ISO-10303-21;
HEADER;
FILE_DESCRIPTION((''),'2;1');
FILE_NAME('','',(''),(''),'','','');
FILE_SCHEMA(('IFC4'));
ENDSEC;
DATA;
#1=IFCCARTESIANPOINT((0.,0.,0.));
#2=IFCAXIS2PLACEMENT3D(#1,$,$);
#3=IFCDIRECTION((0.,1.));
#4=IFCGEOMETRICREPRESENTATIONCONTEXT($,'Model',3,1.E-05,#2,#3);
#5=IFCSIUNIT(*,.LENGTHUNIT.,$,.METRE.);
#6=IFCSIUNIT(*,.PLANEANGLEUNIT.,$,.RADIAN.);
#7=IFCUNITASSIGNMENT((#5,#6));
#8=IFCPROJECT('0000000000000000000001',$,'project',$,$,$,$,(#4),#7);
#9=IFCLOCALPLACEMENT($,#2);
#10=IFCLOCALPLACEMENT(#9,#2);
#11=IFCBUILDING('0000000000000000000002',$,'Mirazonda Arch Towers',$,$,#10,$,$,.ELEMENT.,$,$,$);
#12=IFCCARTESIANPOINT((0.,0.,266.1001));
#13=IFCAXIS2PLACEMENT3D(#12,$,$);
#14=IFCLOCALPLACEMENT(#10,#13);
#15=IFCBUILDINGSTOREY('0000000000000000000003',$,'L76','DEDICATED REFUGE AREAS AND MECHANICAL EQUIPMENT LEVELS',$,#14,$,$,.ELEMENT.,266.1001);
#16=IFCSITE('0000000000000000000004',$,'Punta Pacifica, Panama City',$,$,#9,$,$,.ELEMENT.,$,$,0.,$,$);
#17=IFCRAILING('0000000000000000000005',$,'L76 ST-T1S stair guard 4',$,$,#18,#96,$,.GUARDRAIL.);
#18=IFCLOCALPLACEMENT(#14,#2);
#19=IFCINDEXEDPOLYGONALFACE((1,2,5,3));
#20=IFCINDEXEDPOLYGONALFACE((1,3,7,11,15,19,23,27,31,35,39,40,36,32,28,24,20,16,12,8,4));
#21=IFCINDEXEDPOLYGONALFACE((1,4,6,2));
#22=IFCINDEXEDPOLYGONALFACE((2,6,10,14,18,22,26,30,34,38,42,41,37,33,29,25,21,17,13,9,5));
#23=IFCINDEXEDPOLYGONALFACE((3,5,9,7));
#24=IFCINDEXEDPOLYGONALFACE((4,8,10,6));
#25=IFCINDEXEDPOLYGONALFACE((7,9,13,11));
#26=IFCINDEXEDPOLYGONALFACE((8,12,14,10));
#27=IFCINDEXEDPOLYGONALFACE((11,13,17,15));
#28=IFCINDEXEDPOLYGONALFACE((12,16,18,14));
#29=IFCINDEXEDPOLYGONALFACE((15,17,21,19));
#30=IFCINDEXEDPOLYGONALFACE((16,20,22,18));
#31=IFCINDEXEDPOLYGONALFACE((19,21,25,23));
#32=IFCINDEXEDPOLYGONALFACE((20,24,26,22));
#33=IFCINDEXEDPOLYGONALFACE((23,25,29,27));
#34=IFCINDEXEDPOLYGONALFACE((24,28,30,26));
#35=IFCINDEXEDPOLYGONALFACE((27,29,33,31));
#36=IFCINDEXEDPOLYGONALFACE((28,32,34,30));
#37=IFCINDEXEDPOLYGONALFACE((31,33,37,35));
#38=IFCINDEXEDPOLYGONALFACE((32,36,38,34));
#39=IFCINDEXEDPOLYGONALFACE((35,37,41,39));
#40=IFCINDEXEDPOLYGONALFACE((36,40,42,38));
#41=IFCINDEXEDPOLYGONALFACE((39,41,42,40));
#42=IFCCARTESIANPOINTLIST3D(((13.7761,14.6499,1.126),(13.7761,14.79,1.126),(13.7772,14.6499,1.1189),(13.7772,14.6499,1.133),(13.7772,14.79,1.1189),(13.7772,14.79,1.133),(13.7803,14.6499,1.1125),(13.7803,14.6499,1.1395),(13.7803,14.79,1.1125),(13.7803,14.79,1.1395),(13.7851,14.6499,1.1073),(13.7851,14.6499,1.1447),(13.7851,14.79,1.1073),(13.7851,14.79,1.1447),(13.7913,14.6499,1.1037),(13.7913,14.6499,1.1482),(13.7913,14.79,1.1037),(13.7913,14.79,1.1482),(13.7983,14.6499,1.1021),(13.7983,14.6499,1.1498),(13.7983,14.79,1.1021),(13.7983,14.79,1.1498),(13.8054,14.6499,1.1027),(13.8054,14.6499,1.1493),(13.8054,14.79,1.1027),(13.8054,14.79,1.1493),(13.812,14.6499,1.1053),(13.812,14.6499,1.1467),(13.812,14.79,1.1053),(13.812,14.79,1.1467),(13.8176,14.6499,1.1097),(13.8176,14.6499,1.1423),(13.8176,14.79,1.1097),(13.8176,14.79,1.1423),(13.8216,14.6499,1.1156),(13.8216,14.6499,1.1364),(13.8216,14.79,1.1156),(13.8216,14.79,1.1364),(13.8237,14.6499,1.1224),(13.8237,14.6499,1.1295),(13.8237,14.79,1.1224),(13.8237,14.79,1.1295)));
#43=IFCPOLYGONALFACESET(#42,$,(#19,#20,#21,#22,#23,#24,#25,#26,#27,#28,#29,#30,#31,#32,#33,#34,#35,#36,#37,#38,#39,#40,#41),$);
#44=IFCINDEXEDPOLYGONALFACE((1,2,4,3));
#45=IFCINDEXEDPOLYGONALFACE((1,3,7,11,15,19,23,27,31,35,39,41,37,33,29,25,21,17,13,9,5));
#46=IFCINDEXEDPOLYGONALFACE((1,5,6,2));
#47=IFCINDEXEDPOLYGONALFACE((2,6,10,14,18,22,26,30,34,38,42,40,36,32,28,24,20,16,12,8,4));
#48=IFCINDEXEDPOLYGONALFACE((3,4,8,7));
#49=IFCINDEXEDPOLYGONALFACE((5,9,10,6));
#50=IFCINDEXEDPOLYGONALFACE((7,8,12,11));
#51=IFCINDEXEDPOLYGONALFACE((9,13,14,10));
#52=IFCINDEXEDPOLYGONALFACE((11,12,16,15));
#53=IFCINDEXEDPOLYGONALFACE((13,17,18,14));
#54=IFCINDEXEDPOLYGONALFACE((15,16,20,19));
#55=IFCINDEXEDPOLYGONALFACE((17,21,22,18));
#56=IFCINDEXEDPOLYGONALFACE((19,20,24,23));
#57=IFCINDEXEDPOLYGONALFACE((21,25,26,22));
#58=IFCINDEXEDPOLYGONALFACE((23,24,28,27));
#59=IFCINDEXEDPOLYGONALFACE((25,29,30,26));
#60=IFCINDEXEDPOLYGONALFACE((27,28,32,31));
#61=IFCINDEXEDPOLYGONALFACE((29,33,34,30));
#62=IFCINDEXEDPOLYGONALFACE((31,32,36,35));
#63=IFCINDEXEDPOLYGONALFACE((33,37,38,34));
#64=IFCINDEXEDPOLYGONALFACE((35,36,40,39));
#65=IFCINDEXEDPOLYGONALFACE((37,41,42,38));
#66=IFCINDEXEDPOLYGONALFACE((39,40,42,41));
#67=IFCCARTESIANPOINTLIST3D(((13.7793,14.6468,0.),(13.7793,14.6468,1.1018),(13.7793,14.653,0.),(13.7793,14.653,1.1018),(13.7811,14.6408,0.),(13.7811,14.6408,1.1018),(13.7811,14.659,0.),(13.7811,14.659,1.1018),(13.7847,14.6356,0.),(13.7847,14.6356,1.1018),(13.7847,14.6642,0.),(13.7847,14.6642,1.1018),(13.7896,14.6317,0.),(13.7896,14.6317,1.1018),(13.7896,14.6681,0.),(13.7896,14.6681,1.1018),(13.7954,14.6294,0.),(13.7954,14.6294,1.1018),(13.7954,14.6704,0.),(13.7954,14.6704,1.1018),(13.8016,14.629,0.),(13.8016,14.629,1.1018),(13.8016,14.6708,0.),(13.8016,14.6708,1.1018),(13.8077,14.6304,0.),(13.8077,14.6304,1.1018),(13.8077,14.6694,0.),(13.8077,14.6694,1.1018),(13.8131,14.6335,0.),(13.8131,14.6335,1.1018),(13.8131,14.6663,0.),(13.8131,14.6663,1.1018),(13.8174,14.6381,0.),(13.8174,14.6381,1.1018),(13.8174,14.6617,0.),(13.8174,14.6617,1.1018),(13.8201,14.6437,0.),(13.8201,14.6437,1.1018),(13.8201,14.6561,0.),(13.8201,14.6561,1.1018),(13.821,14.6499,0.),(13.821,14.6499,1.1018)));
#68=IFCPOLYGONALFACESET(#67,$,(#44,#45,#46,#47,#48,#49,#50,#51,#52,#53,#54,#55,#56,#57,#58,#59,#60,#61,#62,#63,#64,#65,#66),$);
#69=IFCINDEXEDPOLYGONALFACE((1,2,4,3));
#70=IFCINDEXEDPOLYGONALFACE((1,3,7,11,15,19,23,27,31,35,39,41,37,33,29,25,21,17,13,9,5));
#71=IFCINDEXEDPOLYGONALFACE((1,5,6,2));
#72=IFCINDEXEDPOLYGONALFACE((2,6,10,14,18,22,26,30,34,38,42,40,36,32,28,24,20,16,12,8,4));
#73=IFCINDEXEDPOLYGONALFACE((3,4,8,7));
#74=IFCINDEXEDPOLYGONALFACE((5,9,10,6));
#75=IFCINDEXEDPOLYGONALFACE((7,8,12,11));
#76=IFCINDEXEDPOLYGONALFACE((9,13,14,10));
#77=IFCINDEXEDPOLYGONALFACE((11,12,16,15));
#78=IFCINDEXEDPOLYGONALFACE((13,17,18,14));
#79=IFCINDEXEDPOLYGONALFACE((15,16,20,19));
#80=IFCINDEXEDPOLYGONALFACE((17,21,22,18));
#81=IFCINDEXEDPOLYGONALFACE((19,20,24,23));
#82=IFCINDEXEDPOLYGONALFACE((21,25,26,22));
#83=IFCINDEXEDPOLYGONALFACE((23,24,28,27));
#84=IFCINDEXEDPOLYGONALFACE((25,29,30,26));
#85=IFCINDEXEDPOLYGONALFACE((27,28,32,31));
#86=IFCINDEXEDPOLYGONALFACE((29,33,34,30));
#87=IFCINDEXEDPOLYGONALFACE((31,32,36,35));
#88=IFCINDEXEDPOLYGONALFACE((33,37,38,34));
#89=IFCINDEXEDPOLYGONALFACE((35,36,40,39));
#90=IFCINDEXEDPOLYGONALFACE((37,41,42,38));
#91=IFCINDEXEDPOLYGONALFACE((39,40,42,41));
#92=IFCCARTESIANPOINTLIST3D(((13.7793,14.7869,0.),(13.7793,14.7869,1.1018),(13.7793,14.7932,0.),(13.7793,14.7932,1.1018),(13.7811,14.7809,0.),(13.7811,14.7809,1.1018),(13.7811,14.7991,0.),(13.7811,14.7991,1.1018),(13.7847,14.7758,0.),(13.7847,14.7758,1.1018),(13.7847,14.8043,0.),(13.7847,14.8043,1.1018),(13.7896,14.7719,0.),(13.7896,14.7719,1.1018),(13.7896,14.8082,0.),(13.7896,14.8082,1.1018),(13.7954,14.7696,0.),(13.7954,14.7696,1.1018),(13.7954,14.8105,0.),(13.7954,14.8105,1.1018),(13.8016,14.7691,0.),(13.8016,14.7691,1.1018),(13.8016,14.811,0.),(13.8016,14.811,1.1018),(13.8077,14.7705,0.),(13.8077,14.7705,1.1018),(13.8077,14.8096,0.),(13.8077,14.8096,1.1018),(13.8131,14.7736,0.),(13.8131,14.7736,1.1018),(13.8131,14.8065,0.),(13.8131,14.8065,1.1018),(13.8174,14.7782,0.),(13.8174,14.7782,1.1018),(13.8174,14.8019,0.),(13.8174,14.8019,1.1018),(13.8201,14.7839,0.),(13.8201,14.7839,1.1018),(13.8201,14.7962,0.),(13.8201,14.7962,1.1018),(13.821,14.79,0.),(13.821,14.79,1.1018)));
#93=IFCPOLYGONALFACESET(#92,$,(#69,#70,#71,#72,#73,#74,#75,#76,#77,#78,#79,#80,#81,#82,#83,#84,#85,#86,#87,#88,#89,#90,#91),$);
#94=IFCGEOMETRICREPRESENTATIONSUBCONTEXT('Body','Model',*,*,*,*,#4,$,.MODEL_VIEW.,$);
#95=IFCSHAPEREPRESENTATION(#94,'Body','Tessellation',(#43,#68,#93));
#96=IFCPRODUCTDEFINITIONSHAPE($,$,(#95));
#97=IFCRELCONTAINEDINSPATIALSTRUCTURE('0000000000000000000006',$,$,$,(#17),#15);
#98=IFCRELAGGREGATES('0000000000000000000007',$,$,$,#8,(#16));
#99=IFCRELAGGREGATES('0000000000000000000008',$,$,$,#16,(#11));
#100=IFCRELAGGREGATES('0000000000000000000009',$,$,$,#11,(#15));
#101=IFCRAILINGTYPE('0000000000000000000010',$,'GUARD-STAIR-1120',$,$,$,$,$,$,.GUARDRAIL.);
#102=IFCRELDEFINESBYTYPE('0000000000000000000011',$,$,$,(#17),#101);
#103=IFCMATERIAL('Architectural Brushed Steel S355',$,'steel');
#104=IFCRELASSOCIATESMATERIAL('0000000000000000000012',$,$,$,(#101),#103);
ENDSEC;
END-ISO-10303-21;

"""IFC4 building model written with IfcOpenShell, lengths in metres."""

from ifc_helpers import new_model, si_unit, direction, frame, origin, origin_2d, place, context, subcontext, project, spatial, circle, extrude, material, type_object, element, save


model = new_model("IFC4")

# Units and contexts
model_context = context("Model", 3, precision=1e-05, world=origin(), true_north=direction((0.0, 1.0)))
body_context = subcontext(model_context, "Body", "Model", "MODEL_VIEW")
ifc_project = project(units=[si_unit("LENGTHUNIT", "METRE"), si_unit("PLANEANGLEUNIT", "RADIAN")], contexts=[model_context])

# Site, building, storey
site_placement = place(None, origin())
site = spatial("IfcSite", under=ifc_project, at=site_placement, Name="Punta Pacifica, Panama City", CompositionType="ELEMENT", RefElevation=0.0)
building_placement = place(site_placement, origin())
building = spatial("IfcBuilding", under=site, at=building_placement, Name="Mirazonda Arch Towers", CompositionType="ELEMENT")
storey_placement = place(building_placement, frame((0.0, 0.0, 266.1001)))
storey = spatial("IfcBuildingStorey", under=building, at=storey_placement, Name="L76", Description="DEDICATED REFUGE AREAS AND MECHANICAL EQUIPMENT LEVELS", CompositionType="ELEMENT", Elevation=266.1001)

# Railing
ifc_material_1 = material(Name="Architectural Brushed Steel S355", Category="steel")
railing_type_1 = type_object("IfcRailingType", Name="GUARD-STAIR-1120", PredefinedType="GUARDRAIL", material=ifc_material_1)
railing_1_placement = place(storey_placement, frame((13.8, 14.6499, 0.0)))
element("IfcRailing", 1, at=railing_1_placement, inside=storey, type_object=railing_type_1, Name="L76 ST-T1S stair guard 4", PredefinedType="GUARDRAIL", context=body_context, shape_type="SweptSolid", body=[
    extrude(circle(Radius=0.0239, at=origin_2d()), frame((0.0, 0.0, 1.126), z_axis=(0.0, 1.0, 0.0), x_axis=(-1.0, 0.0, 0.0)), (0.0, 0.0, 1.0), 0.1401),
    extrude(circle(Radius=0.021, at=origin_2d()), origin(), (0.0, 0.0, 1.0), 1.1018),
    extrude(circle(Radius=0.021, at=origin_2d()), frame((0.0, 0.1401, 0.0)), (0.0, 0.0, 1.0), 1.1018),
])

save(model, "model.ifc")
